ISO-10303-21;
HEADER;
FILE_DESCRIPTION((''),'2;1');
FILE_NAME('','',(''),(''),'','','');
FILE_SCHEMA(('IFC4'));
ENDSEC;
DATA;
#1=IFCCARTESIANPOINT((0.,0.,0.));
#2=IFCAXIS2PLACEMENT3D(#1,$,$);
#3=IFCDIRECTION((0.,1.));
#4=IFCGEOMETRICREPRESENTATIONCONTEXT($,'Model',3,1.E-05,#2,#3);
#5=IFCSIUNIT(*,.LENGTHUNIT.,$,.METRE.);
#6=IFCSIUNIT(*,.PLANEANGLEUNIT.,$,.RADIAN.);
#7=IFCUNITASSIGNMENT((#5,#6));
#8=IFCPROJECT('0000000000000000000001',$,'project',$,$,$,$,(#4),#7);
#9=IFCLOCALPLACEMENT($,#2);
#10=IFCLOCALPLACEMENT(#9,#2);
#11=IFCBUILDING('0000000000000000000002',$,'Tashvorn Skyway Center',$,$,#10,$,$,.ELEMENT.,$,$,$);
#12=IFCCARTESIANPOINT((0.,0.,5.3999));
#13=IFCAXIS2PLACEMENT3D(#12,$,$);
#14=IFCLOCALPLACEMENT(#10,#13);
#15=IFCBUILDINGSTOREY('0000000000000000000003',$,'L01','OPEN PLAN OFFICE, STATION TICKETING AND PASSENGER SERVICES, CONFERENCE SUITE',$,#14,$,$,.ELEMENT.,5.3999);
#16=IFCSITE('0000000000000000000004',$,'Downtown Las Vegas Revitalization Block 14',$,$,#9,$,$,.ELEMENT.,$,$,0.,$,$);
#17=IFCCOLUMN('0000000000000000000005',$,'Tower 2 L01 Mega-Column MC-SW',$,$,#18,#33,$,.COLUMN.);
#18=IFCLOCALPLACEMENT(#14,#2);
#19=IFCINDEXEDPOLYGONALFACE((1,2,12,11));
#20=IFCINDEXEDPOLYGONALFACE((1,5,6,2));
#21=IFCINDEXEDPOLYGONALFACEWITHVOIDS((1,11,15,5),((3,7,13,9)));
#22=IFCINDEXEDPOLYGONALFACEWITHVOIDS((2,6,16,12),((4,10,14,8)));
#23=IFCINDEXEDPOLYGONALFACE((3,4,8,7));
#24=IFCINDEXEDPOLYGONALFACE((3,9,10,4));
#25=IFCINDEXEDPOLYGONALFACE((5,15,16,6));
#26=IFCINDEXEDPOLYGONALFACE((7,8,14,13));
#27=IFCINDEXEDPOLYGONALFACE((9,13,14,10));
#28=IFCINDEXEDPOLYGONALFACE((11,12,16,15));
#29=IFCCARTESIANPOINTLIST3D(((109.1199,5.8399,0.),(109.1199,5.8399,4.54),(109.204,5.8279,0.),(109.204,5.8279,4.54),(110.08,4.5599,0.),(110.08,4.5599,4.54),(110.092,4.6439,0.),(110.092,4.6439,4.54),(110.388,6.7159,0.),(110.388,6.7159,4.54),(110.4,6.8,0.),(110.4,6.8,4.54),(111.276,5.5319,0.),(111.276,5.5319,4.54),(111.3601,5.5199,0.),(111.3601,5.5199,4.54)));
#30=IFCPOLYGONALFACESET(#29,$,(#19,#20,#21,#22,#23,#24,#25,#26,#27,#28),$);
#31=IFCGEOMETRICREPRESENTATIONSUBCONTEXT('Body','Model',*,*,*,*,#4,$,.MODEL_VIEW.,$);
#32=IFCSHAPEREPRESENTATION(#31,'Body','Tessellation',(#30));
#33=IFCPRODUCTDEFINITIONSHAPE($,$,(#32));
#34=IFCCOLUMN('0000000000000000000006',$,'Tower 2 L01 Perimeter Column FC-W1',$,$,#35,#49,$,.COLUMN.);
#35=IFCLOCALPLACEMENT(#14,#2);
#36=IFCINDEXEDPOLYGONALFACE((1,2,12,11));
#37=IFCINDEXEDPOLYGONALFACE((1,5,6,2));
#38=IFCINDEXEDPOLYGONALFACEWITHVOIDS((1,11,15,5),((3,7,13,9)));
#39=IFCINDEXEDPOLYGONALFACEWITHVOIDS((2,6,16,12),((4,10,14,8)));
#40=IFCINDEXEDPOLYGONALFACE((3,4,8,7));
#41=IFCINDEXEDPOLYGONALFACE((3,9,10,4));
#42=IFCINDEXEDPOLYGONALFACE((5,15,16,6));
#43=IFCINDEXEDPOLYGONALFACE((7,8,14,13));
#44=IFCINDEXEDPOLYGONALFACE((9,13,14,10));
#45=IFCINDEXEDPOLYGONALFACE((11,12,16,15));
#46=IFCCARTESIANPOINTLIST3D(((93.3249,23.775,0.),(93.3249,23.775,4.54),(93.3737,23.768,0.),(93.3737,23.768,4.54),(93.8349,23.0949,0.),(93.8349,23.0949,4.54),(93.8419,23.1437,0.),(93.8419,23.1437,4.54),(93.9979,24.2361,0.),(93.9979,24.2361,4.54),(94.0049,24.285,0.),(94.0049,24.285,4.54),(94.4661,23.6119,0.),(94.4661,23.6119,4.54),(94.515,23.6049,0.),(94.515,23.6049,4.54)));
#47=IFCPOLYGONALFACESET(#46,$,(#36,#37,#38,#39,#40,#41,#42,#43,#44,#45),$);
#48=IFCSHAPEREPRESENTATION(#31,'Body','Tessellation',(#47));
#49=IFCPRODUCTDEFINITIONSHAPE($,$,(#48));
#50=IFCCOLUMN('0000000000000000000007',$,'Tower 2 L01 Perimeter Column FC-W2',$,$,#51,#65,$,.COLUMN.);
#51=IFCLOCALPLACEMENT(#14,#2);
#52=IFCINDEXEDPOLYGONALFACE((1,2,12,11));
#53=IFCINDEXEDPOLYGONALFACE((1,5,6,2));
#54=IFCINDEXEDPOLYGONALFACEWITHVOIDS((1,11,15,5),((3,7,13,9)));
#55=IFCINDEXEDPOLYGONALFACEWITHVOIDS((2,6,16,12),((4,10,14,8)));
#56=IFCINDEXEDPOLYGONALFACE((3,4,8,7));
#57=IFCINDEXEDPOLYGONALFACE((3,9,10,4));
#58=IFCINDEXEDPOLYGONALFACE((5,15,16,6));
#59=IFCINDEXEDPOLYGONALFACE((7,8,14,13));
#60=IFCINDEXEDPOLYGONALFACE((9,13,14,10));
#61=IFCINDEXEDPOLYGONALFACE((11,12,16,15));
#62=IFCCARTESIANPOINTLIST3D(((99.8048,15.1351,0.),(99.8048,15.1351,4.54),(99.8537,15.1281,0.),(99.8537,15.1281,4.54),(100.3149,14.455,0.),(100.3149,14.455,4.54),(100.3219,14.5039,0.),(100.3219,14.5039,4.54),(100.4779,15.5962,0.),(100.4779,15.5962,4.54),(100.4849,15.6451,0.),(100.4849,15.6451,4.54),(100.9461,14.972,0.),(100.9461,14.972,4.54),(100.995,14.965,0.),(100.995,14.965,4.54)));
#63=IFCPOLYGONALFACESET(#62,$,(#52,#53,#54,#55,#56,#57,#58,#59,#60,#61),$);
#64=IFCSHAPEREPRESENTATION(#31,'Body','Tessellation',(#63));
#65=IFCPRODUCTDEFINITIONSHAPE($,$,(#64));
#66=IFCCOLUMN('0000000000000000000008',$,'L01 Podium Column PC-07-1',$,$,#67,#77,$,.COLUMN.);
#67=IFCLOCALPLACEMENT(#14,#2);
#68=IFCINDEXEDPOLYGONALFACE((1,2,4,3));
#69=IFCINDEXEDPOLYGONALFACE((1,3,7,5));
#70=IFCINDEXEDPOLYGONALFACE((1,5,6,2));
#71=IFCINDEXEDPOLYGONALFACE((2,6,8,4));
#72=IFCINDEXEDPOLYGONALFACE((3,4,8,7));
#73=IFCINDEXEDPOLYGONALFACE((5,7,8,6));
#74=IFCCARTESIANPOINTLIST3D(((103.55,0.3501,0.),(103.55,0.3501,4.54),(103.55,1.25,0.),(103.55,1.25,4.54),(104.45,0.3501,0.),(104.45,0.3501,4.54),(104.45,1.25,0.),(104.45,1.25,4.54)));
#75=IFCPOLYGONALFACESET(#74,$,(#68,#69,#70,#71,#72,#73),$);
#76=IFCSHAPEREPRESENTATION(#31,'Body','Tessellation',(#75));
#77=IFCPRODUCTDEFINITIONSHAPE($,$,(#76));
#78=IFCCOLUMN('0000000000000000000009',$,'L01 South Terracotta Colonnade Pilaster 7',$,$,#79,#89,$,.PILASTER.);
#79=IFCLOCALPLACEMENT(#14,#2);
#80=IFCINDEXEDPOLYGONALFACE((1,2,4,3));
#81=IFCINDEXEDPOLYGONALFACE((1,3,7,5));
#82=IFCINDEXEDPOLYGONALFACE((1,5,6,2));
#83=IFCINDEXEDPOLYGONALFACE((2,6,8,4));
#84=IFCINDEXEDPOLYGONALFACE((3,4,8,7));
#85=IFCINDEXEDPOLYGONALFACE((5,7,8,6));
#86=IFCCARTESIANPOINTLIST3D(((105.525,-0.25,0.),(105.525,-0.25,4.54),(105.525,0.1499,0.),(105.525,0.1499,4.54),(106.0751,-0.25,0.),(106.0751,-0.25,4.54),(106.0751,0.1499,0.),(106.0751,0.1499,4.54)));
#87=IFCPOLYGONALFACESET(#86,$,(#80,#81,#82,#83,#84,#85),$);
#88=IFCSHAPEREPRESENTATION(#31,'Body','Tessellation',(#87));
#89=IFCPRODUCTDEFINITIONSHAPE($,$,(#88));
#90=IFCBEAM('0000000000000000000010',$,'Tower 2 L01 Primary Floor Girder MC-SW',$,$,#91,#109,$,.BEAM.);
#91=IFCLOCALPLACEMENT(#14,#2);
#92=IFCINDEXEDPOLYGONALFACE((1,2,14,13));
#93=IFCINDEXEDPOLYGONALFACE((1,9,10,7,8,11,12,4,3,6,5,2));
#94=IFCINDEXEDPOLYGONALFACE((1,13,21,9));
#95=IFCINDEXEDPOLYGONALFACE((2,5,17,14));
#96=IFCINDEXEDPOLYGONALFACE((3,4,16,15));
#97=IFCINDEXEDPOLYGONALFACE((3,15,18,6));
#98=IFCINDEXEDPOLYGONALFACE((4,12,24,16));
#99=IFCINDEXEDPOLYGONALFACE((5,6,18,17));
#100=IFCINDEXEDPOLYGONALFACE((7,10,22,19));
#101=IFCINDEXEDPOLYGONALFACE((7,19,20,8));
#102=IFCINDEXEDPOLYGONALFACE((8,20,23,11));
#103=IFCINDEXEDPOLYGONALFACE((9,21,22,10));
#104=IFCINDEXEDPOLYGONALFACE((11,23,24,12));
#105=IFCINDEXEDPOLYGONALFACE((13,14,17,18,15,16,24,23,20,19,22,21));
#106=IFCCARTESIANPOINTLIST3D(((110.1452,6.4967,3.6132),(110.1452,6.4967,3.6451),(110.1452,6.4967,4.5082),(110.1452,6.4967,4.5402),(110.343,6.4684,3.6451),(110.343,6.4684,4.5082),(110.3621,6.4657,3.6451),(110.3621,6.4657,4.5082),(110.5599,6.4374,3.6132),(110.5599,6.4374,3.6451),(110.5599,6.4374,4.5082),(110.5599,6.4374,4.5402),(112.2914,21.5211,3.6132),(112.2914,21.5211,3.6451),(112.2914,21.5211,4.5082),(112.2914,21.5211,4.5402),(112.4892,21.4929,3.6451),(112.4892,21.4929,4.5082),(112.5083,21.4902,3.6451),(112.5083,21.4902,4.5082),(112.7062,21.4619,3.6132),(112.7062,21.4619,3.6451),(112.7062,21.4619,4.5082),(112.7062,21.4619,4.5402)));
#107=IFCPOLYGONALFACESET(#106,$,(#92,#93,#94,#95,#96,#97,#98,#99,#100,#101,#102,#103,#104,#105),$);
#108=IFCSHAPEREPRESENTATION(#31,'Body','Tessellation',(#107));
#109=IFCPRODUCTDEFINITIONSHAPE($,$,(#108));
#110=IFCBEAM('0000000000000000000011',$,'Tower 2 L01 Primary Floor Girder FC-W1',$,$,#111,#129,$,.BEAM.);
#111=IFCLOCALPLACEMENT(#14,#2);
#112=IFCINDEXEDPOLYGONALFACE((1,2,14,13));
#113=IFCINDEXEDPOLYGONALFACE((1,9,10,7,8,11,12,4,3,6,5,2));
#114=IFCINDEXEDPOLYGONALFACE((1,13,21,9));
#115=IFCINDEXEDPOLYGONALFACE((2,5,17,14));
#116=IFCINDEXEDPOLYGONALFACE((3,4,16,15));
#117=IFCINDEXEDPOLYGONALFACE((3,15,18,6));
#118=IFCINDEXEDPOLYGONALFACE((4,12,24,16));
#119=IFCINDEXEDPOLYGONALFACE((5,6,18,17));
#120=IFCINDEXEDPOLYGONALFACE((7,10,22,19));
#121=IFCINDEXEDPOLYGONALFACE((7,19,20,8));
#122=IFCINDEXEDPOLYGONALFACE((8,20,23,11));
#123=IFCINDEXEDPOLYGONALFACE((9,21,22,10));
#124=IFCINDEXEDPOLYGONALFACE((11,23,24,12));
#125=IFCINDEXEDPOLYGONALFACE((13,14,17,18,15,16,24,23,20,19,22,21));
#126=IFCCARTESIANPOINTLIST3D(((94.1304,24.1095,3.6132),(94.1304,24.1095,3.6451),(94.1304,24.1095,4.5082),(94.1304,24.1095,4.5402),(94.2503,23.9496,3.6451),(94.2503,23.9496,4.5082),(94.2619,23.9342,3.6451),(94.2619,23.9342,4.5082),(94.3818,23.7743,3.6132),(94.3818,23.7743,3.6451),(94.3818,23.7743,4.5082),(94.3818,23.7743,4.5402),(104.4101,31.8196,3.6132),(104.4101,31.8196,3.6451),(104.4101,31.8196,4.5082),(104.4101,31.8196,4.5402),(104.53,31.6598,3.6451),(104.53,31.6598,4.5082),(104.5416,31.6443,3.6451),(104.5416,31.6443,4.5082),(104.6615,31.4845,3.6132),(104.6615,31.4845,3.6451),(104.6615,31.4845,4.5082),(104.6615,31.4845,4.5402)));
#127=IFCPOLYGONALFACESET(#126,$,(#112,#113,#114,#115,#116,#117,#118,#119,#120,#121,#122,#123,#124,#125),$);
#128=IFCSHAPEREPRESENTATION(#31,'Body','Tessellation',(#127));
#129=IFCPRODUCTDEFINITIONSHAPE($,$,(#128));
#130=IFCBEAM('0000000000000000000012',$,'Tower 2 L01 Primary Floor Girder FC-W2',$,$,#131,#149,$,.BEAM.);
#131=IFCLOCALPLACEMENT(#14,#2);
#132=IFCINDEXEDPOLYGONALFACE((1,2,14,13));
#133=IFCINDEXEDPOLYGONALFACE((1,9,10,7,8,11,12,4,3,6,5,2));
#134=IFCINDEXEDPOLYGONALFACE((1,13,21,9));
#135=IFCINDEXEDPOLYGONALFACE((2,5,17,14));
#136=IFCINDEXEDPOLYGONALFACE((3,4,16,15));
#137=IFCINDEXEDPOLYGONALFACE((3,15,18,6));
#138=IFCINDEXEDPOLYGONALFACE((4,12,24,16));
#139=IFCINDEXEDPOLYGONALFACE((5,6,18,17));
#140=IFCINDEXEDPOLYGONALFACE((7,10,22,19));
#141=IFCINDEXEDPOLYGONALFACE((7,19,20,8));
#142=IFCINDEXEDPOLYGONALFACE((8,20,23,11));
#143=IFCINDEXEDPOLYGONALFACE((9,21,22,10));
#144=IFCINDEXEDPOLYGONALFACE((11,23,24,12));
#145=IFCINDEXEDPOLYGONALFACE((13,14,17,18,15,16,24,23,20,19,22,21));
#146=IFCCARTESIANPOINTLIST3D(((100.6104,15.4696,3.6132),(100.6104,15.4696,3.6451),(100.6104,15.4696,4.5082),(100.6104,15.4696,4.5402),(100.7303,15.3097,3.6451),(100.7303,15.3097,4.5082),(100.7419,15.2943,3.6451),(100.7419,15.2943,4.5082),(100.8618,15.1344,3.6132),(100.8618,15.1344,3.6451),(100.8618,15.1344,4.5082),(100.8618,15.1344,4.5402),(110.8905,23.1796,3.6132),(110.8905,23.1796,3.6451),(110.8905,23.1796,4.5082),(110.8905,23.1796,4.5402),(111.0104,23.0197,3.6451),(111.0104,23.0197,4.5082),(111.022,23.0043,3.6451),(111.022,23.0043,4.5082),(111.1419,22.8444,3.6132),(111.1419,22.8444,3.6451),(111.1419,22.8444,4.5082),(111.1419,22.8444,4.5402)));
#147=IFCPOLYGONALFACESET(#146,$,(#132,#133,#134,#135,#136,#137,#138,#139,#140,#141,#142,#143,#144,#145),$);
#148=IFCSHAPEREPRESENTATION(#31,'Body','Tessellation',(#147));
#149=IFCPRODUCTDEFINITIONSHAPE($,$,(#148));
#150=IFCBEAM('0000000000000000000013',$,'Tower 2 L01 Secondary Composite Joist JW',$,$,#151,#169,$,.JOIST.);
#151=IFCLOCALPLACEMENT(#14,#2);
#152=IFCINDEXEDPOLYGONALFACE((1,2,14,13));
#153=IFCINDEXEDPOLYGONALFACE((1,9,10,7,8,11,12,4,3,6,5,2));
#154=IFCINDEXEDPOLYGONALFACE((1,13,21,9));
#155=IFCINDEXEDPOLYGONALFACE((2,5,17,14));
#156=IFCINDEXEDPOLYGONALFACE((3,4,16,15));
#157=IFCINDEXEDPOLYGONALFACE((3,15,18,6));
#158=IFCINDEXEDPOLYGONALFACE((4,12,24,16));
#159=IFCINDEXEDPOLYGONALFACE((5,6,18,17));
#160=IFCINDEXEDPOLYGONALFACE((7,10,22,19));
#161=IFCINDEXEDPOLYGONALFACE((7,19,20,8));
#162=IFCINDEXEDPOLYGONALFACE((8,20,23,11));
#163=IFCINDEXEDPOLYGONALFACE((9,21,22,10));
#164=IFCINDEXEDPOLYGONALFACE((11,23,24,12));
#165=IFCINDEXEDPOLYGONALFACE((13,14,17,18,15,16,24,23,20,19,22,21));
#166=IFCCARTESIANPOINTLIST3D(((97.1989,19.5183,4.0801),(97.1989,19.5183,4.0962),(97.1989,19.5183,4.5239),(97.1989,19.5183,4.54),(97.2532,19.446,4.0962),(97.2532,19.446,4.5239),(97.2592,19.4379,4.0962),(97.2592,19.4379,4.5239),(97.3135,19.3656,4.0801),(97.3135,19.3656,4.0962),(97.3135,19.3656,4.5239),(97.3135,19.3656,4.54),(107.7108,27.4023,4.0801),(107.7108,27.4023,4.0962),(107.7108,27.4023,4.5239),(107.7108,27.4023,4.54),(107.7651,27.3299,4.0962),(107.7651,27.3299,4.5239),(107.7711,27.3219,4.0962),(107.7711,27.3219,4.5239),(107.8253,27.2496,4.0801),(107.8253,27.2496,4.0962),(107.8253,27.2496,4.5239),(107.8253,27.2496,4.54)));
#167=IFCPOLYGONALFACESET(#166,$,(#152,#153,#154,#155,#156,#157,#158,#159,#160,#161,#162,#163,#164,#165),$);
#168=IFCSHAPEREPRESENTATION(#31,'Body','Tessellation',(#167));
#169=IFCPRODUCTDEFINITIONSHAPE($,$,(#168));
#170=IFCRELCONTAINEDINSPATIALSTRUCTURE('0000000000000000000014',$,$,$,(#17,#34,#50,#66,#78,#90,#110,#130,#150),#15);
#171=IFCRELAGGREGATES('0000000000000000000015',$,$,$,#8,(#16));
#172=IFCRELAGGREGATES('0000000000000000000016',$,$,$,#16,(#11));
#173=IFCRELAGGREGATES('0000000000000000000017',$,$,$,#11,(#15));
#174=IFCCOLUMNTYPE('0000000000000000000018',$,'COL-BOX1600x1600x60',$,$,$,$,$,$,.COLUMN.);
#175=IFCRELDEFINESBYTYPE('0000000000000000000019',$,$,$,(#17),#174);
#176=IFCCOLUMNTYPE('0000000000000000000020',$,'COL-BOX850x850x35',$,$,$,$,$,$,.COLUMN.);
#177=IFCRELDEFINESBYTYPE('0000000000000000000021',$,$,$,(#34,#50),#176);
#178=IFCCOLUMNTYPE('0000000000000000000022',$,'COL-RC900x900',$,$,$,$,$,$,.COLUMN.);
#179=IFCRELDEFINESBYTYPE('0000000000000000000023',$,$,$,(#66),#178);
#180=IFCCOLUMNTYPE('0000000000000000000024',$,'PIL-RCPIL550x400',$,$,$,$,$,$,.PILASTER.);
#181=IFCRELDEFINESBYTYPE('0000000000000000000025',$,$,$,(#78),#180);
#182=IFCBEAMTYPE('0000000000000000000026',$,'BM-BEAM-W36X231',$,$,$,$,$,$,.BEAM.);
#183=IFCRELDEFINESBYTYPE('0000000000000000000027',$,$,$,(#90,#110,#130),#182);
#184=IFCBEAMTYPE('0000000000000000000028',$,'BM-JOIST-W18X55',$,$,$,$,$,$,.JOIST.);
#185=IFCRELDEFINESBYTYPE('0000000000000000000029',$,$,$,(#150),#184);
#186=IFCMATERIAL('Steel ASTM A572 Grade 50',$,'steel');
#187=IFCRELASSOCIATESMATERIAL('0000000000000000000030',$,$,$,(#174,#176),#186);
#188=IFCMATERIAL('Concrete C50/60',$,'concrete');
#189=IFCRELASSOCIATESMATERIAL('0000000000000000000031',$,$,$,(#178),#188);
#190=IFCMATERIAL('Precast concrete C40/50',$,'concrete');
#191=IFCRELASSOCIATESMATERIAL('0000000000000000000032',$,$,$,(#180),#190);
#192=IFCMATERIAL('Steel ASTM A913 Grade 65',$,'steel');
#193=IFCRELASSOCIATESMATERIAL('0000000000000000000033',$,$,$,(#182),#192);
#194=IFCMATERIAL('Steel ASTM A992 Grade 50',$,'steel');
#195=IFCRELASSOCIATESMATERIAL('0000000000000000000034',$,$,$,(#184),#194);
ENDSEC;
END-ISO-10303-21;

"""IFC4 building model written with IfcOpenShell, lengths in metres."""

from ifc_helpers import new_model, si_unit, direction, frame, origin, origin_2d, place, context, subcontext, project, spatial, rectangle, hollow_rectangle, i_section, extrude, material, material_profile, profile_set, type_object, element, save


model = new_model("IFC4")

# Units and contexts
model_context = context("Model", 3, precision=1e-05, world=origin(), true_north=direction((0.0, 1.0)))
body_context = subcontext(model_context, "Body", "Model", "MODEL_VIEW")
ifc_project = project(units=[si_unit("LENGTHUNIT", "METRE"), si_unit("PLANEANGLEUNIT", "RADIAN")], contexts=[model_context])

# Site, building, storey
site_placement = place(None, origin())
site = spatial("IfcSite", under=ifc_project, at=site_placement, Name="Downtown Las Vegas Revitalization Block 14", CompositionType="ELEMENT", RefElevation=0.0)
building_placement = place(site_placement, origin())
building = spatial("IfcBuilding", under=site, at=building_placement, Name="Tashvorn Skyway Center", CompositionType="ELEMENT")
storey_placement = place(building_placement, frame((0.0, 0.0, 5.3999)))
storey = spatial("IfcBuildingStorey", under=building, at=storey_placement, Name="L01", Description="OPEN PLAN OFFICE, STATION TICKETING AND PASSENGER SERVICES, CONFERENCE SUITE", CompositionType="ELEMENT", Elevation=5.3999)

# Columns
ifc_material_1 = material(Name="Steel ASTM A572 Grade 50", Category="steel")
ifc_material_profile_1 = material_profile(ifc_material_1, hollow_rectangle(XDim=1.6001, YDim=1.6001, WallThickness=0.0601, at=origin_2d()), Name="BOX1600x1600x60")
ifc_profile_set_1 = profile_set([ifc_material_profile_1], Name="Steel ASTM A572 Grade 50")
column_type_1 = type_object("IfcColumnType", Name="COL-BOX1600x1600x60", PredefinedType="COLUMN", material=ifc_profile_set_1)
column_1_placement = place(storey_placement, frame((110.24, 5.6799, 0.0), z_axis=(0.0, 0.0, 1.0), x_axis=(0.8, 0.6, 0.0)))
element("IfcColumn", 1, at=column_1_placement, inside=storey, type_object=column_type_1, Name="Tower 2 L01 Mega-Column MC-SW", PredefinedType="COLUMN", context=body_context, shape_type="SweptSolid", body=[
    extrude(hollow_rectangle(XDim=1.6001, YDim=1.6001, WallThickness=0.0601, at=origin_2d()), origin(), (0.0, 0.0, 1.0), 4.54),
])
ifc_material_profile_2 = material_profile(ifc_material_1, hollow_rectangle(XDim=0.8501, YDim=0.8501, WallThickness=0.0349, at=origin_2d()), Name="BOX850x850x35")
ifc_profile_set_2 = profile_set([ifc_material_profile_2], Name="Steel ASTM A572 Grade 50")
column_type_2 = type_object("IfcColumnType", Name="COL-BOX850x850x35", PredefinedType="COLUMN", material=ifc_profile_set_2)
for number, where, z_axis, x_axis, name in (
    (2, (93.9199, 23.6899, 0.0), (0.0, 0.0, 1.0), (0.8, 0.6, 0.0), "Tower 2 L01 Perimeter Column FC-W1"),
    (3, (100.3999, 15.05, 0.0), (0.0, 0.0, 1.0), (0.8, 0.6, 0.0), "Tower 2 L01 Perimeter Column FC-W2"),
):
    element("IfcColumn", number, at=place(storey_placement, frame(where, z_axis=z_axis, x_axis=x_axis)), inside=storey, type_object=column_type_2, Name=name, PredefinedType="COLUMN", context=body_context, shape_type="SweptSolid", body=[
        extrude(hollow_rectangle(XDim=0.8501, YDim=0.8501, WallThickness=0.0349, at=origin_2d()), origin(), (0.0, 0.0, 1.0), 4.54),
    ])
ifc_material_2 = material(Name="Concrete C50/60", Category="concrete")
ifc_material_profile_3 = material_profile(ifc_material_2, rectangle(XDim=0.8999, YDim=0.8999, at=origin_2d()), Name="RC900x900")
ifc_profile_set_3 = profile_set([ifc_material_profile_3], Name="Concrete C50/60")
column_type_3 = type_object("IfcColumnType", Name="COL-RC900x900", PredefinedType="COLUMN", material=ifc_profile_set_3)
column_2_placement = place(storey_placement, frame((104.0, 0.8, 0.0), z_axis=(0.0, 0.0, 1.0), x_axis=(1.0, 0.0, 0.0)))
element("IfcColumn", 4, at=column_2_placement, inside=storey, type_object=column_type_3, Name="L01 Podium Column PC-07-1", PredefinedType="COLUMN", context=body_context, shape_type="SweptSolid", body=[
    extrude(rectangle(XDim=0.8999, YDim=0.8999, at=origin_2d()), origin(), (0.0, 0.0, 1.0), 4.54),
])
ifc_material_3 = material(Name="Precast concrete C40/50", Category="concrete")
ifc_material_profile_4 = material_profile(ifc_material_3, rectangle(XDim=0.55, YDim=0.3999, at=origin_2d()), Name="RCPIL550x400")
ifc_profile_set_4 = profile_set([ifc_material_profile_4], Name="Precast concrete C40/50")
column_type_4 = type_object("IfcColumnType", Name="PIL-RCPIL550x400", PredefinedType="PILASTER", material=ifc_profile_set_4)
column_3_placement = place(storey_placement, frame((105.8, -0.05, 0.0), z_axis=(0.0, 0.0, 1.0), x_axis=(1.0, 0.0, 0.0)))
element("IfcColumn", 5, at=column_3_placement, inside=storey, type_object=column_type_4, Name="L01 South Terracotta Colonnade Pilaster 7", PredefinedType="PILASTER", context=body_context, shape_type="SweptSolid", body=[
    extrude(rectangle(XDim=0.55, YDim=0.3999, at=origin_2d()), origin(), (0.0, 0.0, 1.0), 4.54),
])

# Beams
ifc_material_4 = material(Name="Steel ASTM A913 Grade 65", Category="steel")
ifc_material_profile_5 = material_profile(ifc_material_4, i_section(OverallWidth=0.4189, OverallDepth=0.927, WebThickness=0.0193, FlangeThickness=0.032, at=origin_2d()), Name="W36X231")
ifc_profile_set_5 = profile_set([ifc_material_profile_5], Name="Steel ASTM A913 Grade 65")
beam_type_1 = type_object("IfcBeamType", Name="BM-BEAM-W36X231", PredefinedType="BEAM", material=ifc_profile_set_5)
beam_1_placement = place(storey_placement, frame((110.3525, 6.467, 4.0767), z_axis=(0.141415, 0.98995, 0.0), x_axis=(-0.98995, 0.141415, 0.0)))
element("IfcBeam", 6, at=beam_1_placement, inside=storey, type_object=beam_type_1, Name="Tower 2 L01 Primary Floor Girder MC-SW", PredefinedType="BEAM", context=body_context, shape_type="SweptSolid", body=[
    extrude(i_section(OverallWidth=0.4189, OverallDepth=0.927, WebThickness=0.0193, FlangeThickness=0.032, at=origin_2d()), origin(), (0.0, 0.0, 1.0), 15.177),
])
beam_2_placement = place(storey_placement, frame((94.2561, 23.9419, 4.0767), z_axis=(0.799986, 0.600018, 0.0), x_axis=(-0.600018, 0.799986, 0.0)))
element("IfcBeam", 7, at=beam_2_placement, inside=storey, type_object=beam_type_1, Name="Tower 2 L01 Primary Floor Girder FC-W1", PredefinedType="BEAM", context=body_context, shape_type="SweptSolid", body=[
    extrude(i_section(OverallWidth=0.4189, OverallDepth=0.927, WebThickness=0.0193, FlangeThickness=0.032, at=origin_2d()), origin(), (0.0, 0.0, 1.0), 12.8499),
])
beam_3_placement = place(storey_placement, frame((100.7361, 15.302, 4.0767), z_axis=(0.800002, 0.599997, 0.0), x_axis=(-0.599997, 0.800002, 0.0)))
element("IfcBeam", 8, at=beam_3_placement, inside=storey, type_object=beam_type_1, Name="Tower 2 L01 Primary Floor Girder FC-W2", PredefinedType="BEAM", context=body_context, shape_type="SweptSolid", body=[
    extrude(i_section(OverallWidth=0.4189, OverallDepth=0.927, WebThickness=0.0193, FlangeThickness=0.032, at=origin_2d()), origin(), (0.0, 0.0, 1.0), 12.8501),
])
ifc_material_5 = material(Name="Steel ASTM A992 Grade 50", Category="steel")
ifc_material_profile_6 = material_profile(ifc_material_5, i_section(OverallWidth=0.1909, OverallDepth=0.46, WebThickness=0.01, FlangeThickness=0.0161, at=origin_2d()), Name="W18X55")
ifc_profile_set_6 = profile_set([ifc_material_profile_6], Name="Steel ASTM A992 Grade 50")
beam_type_2 = type_object("IfcBeamType", Name="BM-JOIST-W18X55", PredefinedType="JOIST", material=ifc_profile_set_6)
beam_4_placement = place(storey_placement, frame((107.7681, 27.3259, 4.3101), z_axis=(-0.799998, -0.600003, 0.0), x_axis=(0.600003, -0.799998, 0.0)))
element("IfcBeam", 9, at=beam_4_placement, inside=storey, type_object=beam_type_2, Name="Tower 2 L01 Secondary Composite Joist JW", PredefinedType="JOIST", context=body_context, shape_type="SweptSolid", body=[
    extrude(i_section(OverallWidth=0.1909, OverallDepth=0.46, WebThickness=0.01, FlangeThickness=0.0161, at=origin_2d()), origin(), (0.0, 0.0, 1.0), 13.1399),
])

save(model, "model.ifc")
